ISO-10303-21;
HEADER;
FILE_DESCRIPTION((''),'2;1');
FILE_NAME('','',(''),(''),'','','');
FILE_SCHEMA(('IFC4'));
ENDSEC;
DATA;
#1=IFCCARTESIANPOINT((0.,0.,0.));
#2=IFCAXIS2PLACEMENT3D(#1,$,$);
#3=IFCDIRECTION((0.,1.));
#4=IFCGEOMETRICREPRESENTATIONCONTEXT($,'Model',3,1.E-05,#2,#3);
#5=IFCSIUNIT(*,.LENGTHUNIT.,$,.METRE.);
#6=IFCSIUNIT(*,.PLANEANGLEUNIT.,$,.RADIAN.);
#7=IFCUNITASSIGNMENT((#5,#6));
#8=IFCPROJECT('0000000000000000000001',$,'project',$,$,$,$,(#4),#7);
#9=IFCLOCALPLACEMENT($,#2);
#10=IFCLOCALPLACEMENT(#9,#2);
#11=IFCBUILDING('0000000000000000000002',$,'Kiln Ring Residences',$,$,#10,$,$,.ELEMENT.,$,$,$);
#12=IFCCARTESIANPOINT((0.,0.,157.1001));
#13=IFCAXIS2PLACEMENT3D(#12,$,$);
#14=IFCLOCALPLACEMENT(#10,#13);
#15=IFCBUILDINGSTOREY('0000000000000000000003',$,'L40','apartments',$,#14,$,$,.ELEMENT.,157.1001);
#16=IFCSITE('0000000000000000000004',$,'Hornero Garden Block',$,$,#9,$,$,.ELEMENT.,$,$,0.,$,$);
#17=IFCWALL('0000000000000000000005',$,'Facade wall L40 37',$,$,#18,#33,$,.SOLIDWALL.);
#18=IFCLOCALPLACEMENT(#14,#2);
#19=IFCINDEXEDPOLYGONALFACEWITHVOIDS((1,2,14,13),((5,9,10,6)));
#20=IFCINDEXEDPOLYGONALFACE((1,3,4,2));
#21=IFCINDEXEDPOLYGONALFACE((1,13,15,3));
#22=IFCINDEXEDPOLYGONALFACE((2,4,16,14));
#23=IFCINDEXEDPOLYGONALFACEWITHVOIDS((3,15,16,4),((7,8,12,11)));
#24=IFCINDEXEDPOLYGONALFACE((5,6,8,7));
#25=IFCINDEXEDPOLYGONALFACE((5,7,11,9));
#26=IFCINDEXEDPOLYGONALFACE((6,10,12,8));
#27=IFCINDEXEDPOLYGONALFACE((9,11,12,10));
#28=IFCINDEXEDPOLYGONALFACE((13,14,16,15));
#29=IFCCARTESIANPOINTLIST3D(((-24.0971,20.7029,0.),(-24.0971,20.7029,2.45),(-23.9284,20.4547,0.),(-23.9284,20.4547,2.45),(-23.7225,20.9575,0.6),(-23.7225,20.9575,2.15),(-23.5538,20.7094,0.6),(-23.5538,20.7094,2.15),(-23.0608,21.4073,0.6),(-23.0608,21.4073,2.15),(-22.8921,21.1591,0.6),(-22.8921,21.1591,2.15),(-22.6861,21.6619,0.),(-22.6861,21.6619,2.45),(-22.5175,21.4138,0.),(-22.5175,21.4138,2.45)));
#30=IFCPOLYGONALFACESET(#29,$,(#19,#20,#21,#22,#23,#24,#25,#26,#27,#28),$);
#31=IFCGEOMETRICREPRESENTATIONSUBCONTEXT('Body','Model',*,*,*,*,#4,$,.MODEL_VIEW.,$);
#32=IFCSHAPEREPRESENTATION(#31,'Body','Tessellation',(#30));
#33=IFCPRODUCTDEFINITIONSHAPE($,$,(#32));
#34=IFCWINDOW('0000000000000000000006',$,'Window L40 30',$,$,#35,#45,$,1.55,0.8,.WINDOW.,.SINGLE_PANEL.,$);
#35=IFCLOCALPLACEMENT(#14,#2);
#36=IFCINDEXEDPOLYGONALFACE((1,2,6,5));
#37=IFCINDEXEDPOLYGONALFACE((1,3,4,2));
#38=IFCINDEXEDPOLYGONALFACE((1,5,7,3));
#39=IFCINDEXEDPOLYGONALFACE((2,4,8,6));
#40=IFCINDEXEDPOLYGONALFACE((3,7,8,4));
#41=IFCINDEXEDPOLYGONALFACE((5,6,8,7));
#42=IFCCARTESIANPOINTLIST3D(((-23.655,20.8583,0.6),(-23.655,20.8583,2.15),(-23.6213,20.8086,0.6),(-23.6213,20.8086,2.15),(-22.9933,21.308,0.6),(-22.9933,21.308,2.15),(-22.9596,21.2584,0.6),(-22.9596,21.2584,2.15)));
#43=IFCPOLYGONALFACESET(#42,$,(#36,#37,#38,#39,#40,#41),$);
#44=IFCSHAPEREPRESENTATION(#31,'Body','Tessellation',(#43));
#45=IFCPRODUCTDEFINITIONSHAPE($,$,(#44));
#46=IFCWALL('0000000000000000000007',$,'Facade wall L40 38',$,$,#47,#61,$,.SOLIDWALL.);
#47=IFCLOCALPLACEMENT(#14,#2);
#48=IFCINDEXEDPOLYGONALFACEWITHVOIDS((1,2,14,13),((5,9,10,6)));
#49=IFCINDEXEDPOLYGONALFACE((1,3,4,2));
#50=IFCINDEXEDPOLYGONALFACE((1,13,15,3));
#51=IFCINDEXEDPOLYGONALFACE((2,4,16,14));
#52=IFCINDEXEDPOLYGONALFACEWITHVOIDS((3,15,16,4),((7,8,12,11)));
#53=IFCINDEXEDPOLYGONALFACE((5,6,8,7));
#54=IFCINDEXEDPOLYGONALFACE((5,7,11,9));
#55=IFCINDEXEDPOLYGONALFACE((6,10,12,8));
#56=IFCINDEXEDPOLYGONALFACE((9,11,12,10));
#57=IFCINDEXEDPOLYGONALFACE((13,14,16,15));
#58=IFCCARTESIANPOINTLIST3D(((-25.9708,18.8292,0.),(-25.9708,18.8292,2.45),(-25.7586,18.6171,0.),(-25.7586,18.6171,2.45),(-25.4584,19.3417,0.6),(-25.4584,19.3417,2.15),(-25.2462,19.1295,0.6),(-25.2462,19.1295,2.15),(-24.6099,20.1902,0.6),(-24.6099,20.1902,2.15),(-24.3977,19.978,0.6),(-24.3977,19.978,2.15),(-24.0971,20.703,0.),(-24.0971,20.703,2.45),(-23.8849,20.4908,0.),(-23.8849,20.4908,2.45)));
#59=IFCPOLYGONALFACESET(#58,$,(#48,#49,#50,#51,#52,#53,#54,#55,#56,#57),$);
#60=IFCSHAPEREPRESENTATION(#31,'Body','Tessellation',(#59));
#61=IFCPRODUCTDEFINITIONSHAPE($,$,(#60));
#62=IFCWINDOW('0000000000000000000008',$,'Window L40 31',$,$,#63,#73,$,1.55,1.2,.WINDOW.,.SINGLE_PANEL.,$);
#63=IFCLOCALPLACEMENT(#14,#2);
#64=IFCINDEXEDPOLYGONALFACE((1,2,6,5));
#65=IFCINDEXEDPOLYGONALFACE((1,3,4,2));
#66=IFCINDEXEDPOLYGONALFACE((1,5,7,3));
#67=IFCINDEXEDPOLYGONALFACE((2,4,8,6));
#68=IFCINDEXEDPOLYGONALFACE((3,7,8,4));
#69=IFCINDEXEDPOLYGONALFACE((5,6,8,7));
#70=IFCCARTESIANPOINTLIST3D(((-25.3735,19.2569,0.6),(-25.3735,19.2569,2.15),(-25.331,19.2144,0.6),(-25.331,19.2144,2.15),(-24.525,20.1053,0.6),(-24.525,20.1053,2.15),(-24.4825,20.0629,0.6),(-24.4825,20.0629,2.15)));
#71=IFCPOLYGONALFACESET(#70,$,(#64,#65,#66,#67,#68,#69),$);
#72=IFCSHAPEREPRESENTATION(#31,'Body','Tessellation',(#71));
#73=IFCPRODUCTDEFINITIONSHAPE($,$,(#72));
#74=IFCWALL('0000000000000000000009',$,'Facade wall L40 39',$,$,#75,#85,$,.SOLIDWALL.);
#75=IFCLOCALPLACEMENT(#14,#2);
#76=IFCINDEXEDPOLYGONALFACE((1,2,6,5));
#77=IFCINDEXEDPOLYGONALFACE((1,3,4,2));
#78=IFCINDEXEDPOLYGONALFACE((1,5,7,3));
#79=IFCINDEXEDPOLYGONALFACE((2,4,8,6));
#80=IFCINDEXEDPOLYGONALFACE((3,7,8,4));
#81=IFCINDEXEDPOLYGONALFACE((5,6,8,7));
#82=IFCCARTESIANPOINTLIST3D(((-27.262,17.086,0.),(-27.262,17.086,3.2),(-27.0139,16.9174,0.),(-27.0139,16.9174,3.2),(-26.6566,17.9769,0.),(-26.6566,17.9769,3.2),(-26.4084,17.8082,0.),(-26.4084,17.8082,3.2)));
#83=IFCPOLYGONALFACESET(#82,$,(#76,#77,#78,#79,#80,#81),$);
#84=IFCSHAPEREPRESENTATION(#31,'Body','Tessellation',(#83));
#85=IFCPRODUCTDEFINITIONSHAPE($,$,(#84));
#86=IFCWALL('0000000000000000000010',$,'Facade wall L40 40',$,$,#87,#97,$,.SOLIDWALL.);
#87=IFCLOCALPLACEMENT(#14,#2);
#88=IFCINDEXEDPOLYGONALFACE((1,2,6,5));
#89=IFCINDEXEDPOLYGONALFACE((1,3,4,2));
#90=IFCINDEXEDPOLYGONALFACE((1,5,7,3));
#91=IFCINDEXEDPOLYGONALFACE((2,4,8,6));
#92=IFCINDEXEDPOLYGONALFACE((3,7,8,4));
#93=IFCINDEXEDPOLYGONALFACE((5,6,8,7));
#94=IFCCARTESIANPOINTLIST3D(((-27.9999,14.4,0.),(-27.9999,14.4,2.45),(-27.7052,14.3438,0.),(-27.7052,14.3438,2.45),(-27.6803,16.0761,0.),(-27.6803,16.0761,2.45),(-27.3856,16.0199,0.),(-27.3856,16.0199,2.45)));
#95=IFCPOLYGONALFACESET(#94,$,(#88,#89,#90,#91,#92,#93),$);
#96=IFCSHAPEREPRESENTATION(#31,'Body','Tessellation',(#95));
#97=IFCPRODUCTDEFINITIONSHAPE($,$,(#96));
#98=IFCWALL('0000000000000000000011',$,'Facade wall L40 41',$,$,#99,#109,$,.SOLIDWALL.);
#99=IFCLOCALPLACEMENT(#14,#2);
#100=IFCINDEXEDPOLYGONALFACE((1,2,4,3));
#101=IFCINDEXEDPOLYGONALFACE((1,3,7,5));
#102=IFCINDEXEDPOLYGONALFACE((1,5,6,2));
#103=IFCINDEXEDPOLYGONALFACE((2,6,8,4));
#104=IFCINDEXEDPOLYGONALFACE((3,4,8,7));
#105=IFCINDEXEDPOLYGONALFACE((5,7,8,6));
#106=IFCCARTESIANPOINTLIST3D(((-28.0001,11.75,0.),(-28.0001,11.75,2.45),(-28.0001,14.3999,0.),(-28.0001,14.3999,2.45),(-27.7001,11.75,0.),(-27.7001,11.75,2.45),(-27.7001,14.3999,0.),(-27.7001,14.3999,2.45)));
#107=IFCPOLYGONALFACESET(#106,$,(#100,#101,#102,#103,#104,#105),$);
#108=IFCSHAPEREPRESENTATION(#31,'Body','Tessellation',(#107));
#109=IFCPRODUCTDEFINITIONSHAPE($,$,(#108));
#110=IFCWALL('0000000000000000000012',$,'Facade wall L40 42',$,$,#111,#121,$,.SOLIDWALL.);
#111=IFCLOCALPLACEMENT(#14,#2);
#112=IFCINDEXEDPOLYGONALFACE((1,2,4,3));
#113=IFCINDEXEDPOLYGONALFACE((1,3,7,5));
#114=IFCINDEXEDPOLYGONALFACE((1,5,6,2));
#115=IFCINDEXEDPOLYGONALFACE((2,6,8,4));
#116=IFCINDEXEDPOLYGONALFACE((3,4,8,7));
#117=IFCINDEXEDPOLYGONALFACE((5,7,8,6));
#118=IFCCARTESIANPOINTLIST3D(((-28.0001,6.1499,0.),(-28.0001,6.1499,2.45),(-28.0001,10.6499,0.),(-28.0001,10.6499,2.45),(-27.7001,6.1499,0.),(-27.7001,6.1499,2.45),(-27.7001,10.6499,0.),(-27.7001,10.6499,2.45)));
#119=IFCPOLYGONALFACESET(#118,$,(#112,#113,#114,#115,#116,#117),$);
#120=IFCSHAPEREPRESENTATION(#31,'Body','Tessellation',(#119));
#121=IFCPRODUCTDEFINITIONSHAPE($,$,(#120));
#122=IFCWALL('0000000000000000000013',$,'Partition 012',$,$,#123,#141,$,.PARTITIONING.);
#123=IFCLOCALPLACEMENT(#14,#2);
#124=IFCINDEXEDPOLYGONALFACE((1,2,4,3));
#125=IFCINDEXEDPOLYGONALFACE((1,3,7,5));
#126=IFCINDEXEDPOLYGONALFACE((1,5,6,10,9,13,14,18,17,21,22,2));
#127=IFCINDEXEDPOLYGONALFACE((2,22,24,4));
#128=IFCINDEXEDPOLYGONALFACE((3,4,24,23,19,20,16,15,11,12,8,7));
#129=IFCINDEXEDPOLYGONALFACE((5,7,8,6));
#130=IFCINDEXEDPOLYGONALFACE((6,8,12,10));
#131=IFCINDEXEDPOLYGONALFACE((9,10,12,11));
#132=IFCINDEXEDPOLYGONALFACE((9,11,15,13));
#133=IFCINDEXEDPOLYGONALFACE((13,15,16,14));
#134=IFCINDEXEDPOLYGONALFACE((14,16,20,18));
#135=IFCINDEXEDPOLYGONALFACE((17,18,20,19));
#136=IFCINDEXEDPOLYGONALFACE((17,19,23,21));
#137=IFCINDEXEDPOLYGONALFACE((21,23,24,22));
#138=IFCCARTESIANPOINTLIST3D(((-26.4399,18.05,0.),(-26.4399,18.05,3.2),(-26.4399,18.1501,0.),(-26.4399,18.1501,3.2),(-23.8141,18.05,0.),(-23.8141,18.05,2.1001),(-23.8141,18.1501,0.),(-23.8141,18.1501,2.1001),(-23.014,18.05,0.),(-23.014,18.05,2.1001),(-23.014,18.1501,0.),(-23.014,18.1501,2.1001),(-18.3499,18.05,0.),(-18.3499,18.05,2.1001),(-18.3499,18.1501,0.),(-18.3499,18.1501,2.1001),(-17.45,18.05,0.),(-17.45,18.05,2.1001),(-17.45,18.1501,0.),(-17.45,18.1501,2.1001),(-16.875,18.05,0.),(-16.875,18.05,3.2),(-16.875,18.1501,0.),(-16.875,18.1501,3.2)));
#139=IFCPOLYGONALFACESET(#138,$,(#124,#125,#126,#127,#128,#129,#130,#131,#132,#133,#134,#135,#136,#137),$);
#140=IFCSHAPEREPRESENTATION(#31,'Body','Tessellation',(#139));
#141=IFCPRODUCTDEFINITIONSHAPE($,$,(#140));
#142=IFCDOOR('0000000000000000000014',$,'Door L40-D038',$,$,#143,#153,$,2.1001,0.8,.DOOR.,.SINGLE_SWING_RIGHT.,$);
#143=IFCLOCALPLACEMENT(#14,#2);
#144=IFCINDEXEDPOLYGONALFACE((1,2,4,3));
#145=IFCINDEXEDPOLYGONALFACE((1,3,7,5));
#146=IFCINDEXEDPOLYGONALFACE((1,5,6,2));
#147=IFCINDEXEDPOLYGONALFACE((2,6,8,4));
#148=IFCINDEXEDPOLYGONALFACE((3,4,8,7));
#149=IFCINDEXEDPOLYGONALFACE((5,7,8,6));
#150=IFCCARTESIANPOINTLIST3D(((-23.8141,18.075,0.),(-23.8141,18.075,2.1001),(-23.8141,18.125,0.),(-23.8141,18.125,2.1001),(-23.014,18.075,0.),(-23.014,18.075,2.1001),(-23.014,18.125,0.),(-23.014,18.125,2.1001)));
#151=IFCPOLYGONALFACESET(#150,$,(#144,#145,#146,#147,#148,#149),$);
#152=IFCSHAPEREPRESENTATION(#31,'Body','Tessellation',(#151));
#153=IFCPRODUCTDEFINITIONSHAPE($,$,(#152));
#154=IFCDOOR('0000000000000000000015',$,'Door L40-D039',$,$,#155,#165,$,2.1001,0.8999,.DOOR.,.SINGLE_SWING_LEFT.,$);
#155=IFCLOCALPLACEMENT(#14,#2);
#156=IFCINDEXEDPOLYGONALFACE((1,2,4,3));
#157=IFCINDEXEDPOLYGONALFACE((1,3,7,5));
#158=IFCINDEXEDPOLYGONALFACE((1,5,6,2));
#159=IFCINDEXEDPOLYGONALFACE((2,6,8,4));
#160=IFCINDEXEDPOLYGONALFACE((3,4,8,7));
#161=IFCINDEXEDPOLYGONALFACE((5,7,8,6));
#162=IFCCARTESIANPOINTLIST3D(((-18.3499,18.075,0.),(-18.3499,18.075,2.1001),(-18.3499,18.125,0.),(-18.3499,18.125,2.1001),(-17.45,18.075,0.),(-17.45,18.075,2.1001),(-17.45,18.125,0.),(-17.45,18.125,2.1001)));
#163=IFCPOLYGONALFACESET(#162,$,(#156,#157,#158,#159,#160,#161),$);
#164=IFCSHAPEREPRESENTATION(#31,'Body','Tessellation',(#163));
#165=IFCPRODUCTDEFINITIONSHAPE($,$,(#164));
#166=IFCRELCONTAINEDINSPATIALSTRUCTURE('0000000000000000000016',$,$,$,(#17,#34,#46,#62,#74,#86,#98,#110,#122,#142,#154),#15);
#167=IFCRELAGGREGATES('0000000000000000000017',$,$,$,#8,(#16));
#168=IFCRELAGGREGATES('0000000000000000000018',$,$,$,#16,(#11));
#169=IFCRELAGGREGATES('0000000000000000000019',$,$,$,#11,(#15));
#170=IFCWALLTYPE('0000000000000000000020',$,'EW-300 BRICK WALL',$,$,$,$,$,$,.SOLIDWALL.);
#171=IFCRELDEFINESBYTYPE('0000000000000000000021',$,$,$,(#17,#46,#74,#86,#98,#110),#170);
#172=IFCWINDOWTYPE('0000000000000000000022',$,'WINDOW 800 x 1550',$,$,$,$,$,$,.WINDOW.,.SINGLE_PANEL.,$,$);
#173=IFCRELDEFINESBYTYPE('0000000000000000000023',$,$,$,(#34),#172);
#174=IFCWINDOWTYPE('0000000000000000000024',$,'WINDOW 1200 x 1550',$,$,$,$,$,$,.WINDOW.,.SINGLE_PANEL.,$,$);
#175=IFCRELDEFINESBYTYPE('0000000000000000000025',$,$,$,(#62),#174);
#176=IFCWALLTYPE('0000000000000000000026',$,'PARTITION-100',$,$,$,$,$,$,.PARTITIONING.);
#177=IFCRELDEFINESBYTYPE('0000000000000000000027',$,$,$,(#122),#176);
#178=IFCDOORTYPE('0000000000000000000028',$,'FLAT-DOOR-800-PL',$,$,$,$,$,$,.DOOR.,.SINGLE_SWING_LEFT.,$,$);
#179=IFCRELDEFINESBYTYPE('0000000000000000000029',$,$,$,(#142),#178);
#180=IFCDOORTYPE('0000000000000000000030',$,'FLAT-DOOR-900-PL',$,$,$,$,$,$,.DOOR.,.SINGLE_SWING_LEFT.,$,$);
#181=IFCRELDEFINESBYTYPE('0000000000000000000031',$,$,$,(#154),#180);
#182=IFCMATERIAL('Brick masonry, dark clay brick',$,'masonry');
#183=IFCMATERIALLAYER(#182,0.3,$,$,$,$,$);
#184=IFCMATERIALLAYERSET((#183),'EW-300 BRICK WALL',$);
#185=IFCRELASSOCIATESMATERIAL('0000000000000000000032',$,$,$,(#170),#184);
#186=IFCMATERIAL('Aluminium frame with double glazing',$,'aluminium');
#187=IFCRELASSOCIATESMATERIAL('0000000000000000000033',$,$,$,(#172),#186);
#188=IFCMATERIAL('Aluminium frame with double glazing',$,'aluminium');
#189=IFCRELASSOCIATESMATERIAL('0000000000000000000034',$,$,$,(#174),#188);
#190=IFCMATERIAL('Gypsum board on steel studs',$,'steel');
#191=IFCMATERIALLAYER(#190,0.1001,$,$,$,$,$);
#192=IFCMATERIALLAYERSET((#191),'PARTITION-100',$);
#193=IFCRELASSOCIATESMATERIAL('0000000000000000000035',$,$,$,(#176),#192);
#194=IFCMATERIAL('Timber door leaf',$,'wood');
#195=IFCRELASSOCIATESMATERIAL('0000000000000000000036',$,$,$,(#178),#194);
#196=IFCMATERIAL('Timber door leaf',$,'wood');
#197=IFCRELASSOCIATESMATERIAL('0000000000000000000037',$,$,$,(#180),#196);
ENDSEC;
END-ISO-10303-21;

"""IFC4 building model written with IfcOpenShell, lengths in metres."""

from ifc_helpers import new_model, si_unit, direction, frame, frame_2d, origin, place, context, subcontext, project, spatial, rectangle, extrude, material, layer, layer_set, type_object, element, fill, save


model = new_model("IFC4")

# Units and contexts
model_context = context("Model", 3, precision=1e-05, world=origin(), true_north=direction((0.0, 1.0)))
body_context = subcontext(model_context, "Body", "Model", "MODEL_VIEW")
ifc_project = project(units=[si_unit("LENGTHUNIT", "METRE"), si_unit("PLANEANGLEUNIT", "RADIAN")], contexts=[model_context])

# Site, building, storey
site_placement = place(None, origin())
site = spatial("IfcSite", under=ifc_project, at=site_placement, Name="Hornero Garden Block", CompositionType="ELEMENT", RefElevation=0.0)
building_placement = place(site_placement, origin())
building = spatial("IfcBuilding", under=site, at=building_placement, Name="Kiln Ring Residences", CompositionType="ELEMENT")
storey_placement = place(building_placement, frame((0.0, 0.0, 157.1001)))
storey = spatial("IfcBuildingStorey", under=building, at=storey_placement, Name="L40", Description="apartments", CompositionType="ELEMENT", Elevation=157.1001)

# Walls, openings, windows
ifc_material_1 = material(Name="Brick masonry, dark clay brick", Category="masonry")
ifc_layer_1 = layer(ifc_material_1, 0.3)
ifc_layer_set_1 = layer_set([ifc_layer_1], Name="EW-300 BRICK WALL")
wall_type_1 = type_object("IfcWallType", Name="EW-300 BRICK WALL", PredefinedType="SOLIDWALL", material=ifc_layer_set_1)
ifc_material_2 = material(Name="Aluminium frame with double glazing", Category="aluminium")
window_type_1 = type_object("IfcWindowType", Name="WINDOW 800 x 1550", PartitioningType="SINGLE_PANEL", PredefinedType="WINDOW", material=ifc_material_2)
wall_1_placement = place(storey_placement, frame((-22.6018, 21.5378, 0.0), z_axis=(0.0, 0.0, 1.0), x_axis=(-0.827041, -0.562142, 0.0)))
wall_1 = element("IfcWall", 1, at=wall_1_placement, inside=storey, type_object=wall_type_1, Name="Facade wall L40 37", PredefinedType="SOLIDWALL", context=body_context, shape_type="SweptSolid", body=[
    extrude(rectangle(XDim=1.7061, YDim=0.3, at=frame_2d((0.853, 0.0))), origin(), (0.0, 0.0, 1.0), 2.45),
])
opening_1_placement = place(wall_1_placement, frame((0.4531, 0.0, 0.6001)))
opening_1 = element("IfcOpeningElement", 2, at=opening_1_placement, cuts=wall_1, PredefinedType="OPENING", context=body_context, shape_type="SweptSolid", body=[
    extrude(rectangle(XDim=0.8, YDim=1.55, at=frame_2d((0.3999, 0.7749))), frame((0.0, 0.1599, 0.0), z_axis=(0.0, -1.0, 0.0), x_axis=(1.0, 0.0, 0.0)), (0.0, 0.0, 1.0), 0.3201),
])
window_1_placement = place(opening_1_placement, origin())
window_1 = element("IfcWindow", 3, at=window_1_placement, inside=storey, type_object=window_type_1, Name="Window L40 30", OverallHeight=1.55, OverallWidth=0.8, PartitioningType="SINGLE_PANEL", PredefinedType="WINDOW", context=body_context, shape_type="SweptSolid", body=[
    extrude(rectangle(XDim=0.8, YDim=1.55, at=frame_2d((0.3999, 0.7749))), frame((0.0, 0.03, 0.0), z_axis=(0.0, -1.0, 0.0), x_axis=(1.0, 0.0, 0.0)), (0.0, 0.0, 1.0), 0.0601),
])
fill(opening_1, window_1)
wall_2_placement = place(storey_placement, frame((-23.991, 20.5969, 0.0), z_axis=(0.0, 0.0, 1.0), x_axis=(-0.707107, -0.707107, 0.0)))
wall_2 = element("IfcWall", 4, at=wall_2_placement, inside=storey, type_object=wall_type_1, Name="Facade wall L40 38", PredefinedType="SOLIDWALL", context=body_context, shape_type="SweptSolid", body=[
    extrude(rectangle(XDim=2.6499, YDim=0.3, at=frame_2d((1.325, 0.0))), origin(), (0.0, 0.0, 1.0), 2.45),
])
opening_2_placement = place(wall_2_placement, frame((0.7251, 0.0, 0.6001)))
opening_2 = element("IfcOpeningElement", 5, at=opening_2_placement, cuts=wall_2, PredefinedType="OPENING", context=body_context, shape_type="SweptSolid", body=[
    extrude(rectangle(XDim=1.2, YDim=1.55, at=frame_2d((0.6001, 0.7749))), frame((0.0, 0.1599, 0.0), z_axis=(0.0, -1.0, 0.0), x_axis=(1.0, 0.0, 0.0)), (0.0, 0.0, 1.0), 0.3201),
])
ifc_material_3 = material(Name="Aluminium frame with double glazing", Category="aluminium")
window_type_2 = type_object("IfcWindowType", Name="WINDOW 1200 x 1550", PartitioningType="SINGLE_PANEL", PredefinedType="WINDOW", material=ifc_material_3)
window_2_placement = place(opening_2_placement, origin())
window_2 = element("IfcWindow", 6, at=window_2_placement, inside=storey, type_object=window_type_2, Name="Window L40 31", OverallHeight=1.55, OverallWidth=1.2, PartitioningType="SINGLE_PANEL", PredefinedType="WINDOW", context=body_context, shape_type="SweptSolid", body=[
    extrude(rectangle(XDim=1.2, YDim=1.55, at=frame_2d((0.6001, 0.7749))), frame((0.0, 0.03, 0.0), z_axis=(0.0, -1.0, 0.0), x_axis=(1.0, 0.0, 0.0)), (0.0, 0.0, 1.0), 0.0601),
])
fill(opening_2, window_2)

# Walls
wall_3_placement = place(storey_placement, frame((-26.5325, 17.8926, 0.0), z_axis=(0.0, 0.0, 1.0), x_axis=(-0.562105, -0.827066, 0.0)))
element("IfcWall", 7, at=wall_3_placement, inside=storey, type_object=wall_type_1, Name="Facade wall L40 39", PredefinedType="SOLIDWALL", context=body_context, shape_type="SweptSolid", body=[
    extrude(rectangle(XDim=1.0771, YDim=0.3, at=frame_2d((0.5386, 0.0))), origin(), (0.0, 0.0, 1.0), 3.2),
])
wall_4_placement = place(storey_placement, frame((-27.533, 16.0479, 0.0), z_axis=(0.0, 0.0, 1.0), x_axis=(-0.187303, -0.982302, 0.0)))
element("IfcWall", 8, at=wall_4_placement, inside=storey, type_object=wall_type_1, Name="Facade wall L40 40", PredefinedType="SOLIDWALL", context=body_context, shape_type="SweptSolid", body=[
    extrude(rectangle(XDim=1.7063, YDim=0.3, at=frame_2d((0.853, 0.0))), origin(), (0.0, 0.0, 1.0), 2.45),
])
wall_5_placement = place(storey_placement, frame((-27.8501, 14.3999, 0.0), z_axis=(0.0, 0.0, 1.0), x_axis=(0.0, -1.0, 0.0)))
element("IfcWall", 9, at=wall_5_placement, inside=storey, type_object=wall_type_1, Name="Facade wall L40 41", PredefinedType="SOLIDWALL", context=body_context, shape_type="SweptSolid", body=[
    extrude(rectangle(XDim=2.6499, YDim=0.3, at=frame_2d((1.325, 0.0))), origin(), (0.0, 0.0, 1.0), 2.45),
])
wall_6_placement = place(storey_placement, frame((-27.8501, 10.6499, 0.0), z_axis=(0.0, 0.0, 1.0), x_axis=(0.0, -1.0, 0.0)))
element("IfcWall", 10, at=wall_6_placement, inside=storey, type_object=wall_type_1, Name="Facade wall L40 42", PredefinedType="SOLIDWALL", context=body_context, shape_type="SweptSolid", body=[
    extrude(rectangle(XDim=4.5, YDim=0.3, at=frame_2d((2.25, 0.0))), origin(), (0.0, 0.0, 1.0), 2.45),
])

# Wall, openings, doors
ifc_material_4 = material(Name="Gypsum board on steel studs", Category="steel")
ifc_layer_2 = layer(ifc_material_4, 0.1001)
ifc_layer_set_2 = layer_set([ifc_layer_2], Name="PARTITION-100")
wall_type_2 = type_object("IfcWallType", Name="PARTITION-100", PredefinedType="PARTITIONING", material=ifc_layer_set_2)
wall_7_placement = place(storey_placement, frame((-26.4399, 18.1001, 0.0), z_axis=(0.0, 0.0, 1.0), x_axis=(1.0, 0.0, 0.0)))
wall_7 = element("IfcWall", 11, at=wall_7_placement, inside=storey, type_object=wall_type_2, Name="Partition 012", PredefinedType="PARTITIONING", context=body_context, shape_type="SweptSolid", body=[
    extrude(rectangle(XDim=9.5649, YDim=0.1001, at=frame_2d((4.7825, 0.0))), origin(), (0.0, 0.0, 1.0), 3.2),
])
opening_3_placement = place(wall_7_placement, frame((2.626, 0.0, 0.0)))
opening_3 = element("IfcOpeningElement", 12, at=opening_3_placement, cuts=wall_7, PredefinedType="OPENING", context=body_context, shape_type="SweptSolid", body=[
    extrude(rectangle(XDim=0.8, YDim=2.1001, at=frame_2d((0.3999, 1.05))), frame((0.0, 0.0601, 0.0), z_axis=(0.0, -1.0, 0.0), x_axis=(1.0, 0.0, 0.0)), (0.0, 0.0, 1.0), 0.1201),
])
opening_4_placement = place(wall_7_placement, frame((8.0901, 0.0, 0.0)))
opening_4 = element("IfcOpeningElement", 13, at=opening_4_placement, cuts=wall_7, PredefinedType="OPENING", context=body_context, shape_type="SweptSolid", body=[
    extrude(rectangle(XDim=0.8999, YDim=2.1001, at=frame_2d((0.45, 1.05))), frame((0.0, 0.0601, 0.0), z_axis=(0.0, -1.0, 0.0), x_axis=(1.0, 0.0, 0.0)), (0.0, 0.0, 1.0), 0.1201),
])
ifc_material_5 = material(Name="Timber door leaf", Category="wood")
door_type_1 = type_object("IfcDoorType", Name="FLAT-DOOR-800-PL", OperationType="SINGLE_SWING_LEFT", PredefinedType="DOOR", material=ifc_material_5)
door_1_placement = place(opening_3_placement, origin())
door_1 = element("IfcDoor", 14, at=door_1_placement, inside=storey, type_object=door_type_1, Name="Door L40-D038", OperationType="SINGLE_SWING_RIGHT", OverallHeight=2.1001, OverallWidth=0.8, PredefinedType="DOOR", context=body_context, shape_type="SweptSolid", body=[
    extrude(rectangle(XDim=0.8, YDim=2.1001, at=frame_2d((0.3999, 1.05))), frame((0.0, 0.0249, 0.0), z_axis=(0.0, -1.0, 0.0), x_axis=(1.0, 0.0, 0.0)), (0.0, 0.0, 1.0), 0.05),
])
fill(opening_3, door_1)
ifc_material_6 = material(Name="Timber door leaf", Category="wood")
door_type_2 = type_object("IfcDoorType", Name="FLAT-DOOR-900-PL", OperationType="SINGLE_SWING_LEFT", PredefinedType="DOOR", material=ifc_material_6)
door_2_placement = place(opening_4_placement, origin())
door_2 = element("IfcDoor", 15, at=door_2_placement, inside=storey, type_object=door_type_2, Name="Door L40-D039", OperationType="SINGLE_SWING_LEFT", OverallHeight=2.1001, OverallWidth=0.8999, PredefinedType="DOOR", context=body_context, shape_type="SweptSolid", body=[
    extrude(rectangle(XDim=0.8999, YDim=2.1001, at=frame_2d((0.45, 1.05))), frame((0.0, 0.0249, 0.0), z_axis=(0.0, -1.0, 0.0), x_axis=(1.0, 0.0, 0.0)), (0.0, 0.0, 1.0), 0.05),
])
fill(opening_4, door_2)

save(model, "model.ifc")
